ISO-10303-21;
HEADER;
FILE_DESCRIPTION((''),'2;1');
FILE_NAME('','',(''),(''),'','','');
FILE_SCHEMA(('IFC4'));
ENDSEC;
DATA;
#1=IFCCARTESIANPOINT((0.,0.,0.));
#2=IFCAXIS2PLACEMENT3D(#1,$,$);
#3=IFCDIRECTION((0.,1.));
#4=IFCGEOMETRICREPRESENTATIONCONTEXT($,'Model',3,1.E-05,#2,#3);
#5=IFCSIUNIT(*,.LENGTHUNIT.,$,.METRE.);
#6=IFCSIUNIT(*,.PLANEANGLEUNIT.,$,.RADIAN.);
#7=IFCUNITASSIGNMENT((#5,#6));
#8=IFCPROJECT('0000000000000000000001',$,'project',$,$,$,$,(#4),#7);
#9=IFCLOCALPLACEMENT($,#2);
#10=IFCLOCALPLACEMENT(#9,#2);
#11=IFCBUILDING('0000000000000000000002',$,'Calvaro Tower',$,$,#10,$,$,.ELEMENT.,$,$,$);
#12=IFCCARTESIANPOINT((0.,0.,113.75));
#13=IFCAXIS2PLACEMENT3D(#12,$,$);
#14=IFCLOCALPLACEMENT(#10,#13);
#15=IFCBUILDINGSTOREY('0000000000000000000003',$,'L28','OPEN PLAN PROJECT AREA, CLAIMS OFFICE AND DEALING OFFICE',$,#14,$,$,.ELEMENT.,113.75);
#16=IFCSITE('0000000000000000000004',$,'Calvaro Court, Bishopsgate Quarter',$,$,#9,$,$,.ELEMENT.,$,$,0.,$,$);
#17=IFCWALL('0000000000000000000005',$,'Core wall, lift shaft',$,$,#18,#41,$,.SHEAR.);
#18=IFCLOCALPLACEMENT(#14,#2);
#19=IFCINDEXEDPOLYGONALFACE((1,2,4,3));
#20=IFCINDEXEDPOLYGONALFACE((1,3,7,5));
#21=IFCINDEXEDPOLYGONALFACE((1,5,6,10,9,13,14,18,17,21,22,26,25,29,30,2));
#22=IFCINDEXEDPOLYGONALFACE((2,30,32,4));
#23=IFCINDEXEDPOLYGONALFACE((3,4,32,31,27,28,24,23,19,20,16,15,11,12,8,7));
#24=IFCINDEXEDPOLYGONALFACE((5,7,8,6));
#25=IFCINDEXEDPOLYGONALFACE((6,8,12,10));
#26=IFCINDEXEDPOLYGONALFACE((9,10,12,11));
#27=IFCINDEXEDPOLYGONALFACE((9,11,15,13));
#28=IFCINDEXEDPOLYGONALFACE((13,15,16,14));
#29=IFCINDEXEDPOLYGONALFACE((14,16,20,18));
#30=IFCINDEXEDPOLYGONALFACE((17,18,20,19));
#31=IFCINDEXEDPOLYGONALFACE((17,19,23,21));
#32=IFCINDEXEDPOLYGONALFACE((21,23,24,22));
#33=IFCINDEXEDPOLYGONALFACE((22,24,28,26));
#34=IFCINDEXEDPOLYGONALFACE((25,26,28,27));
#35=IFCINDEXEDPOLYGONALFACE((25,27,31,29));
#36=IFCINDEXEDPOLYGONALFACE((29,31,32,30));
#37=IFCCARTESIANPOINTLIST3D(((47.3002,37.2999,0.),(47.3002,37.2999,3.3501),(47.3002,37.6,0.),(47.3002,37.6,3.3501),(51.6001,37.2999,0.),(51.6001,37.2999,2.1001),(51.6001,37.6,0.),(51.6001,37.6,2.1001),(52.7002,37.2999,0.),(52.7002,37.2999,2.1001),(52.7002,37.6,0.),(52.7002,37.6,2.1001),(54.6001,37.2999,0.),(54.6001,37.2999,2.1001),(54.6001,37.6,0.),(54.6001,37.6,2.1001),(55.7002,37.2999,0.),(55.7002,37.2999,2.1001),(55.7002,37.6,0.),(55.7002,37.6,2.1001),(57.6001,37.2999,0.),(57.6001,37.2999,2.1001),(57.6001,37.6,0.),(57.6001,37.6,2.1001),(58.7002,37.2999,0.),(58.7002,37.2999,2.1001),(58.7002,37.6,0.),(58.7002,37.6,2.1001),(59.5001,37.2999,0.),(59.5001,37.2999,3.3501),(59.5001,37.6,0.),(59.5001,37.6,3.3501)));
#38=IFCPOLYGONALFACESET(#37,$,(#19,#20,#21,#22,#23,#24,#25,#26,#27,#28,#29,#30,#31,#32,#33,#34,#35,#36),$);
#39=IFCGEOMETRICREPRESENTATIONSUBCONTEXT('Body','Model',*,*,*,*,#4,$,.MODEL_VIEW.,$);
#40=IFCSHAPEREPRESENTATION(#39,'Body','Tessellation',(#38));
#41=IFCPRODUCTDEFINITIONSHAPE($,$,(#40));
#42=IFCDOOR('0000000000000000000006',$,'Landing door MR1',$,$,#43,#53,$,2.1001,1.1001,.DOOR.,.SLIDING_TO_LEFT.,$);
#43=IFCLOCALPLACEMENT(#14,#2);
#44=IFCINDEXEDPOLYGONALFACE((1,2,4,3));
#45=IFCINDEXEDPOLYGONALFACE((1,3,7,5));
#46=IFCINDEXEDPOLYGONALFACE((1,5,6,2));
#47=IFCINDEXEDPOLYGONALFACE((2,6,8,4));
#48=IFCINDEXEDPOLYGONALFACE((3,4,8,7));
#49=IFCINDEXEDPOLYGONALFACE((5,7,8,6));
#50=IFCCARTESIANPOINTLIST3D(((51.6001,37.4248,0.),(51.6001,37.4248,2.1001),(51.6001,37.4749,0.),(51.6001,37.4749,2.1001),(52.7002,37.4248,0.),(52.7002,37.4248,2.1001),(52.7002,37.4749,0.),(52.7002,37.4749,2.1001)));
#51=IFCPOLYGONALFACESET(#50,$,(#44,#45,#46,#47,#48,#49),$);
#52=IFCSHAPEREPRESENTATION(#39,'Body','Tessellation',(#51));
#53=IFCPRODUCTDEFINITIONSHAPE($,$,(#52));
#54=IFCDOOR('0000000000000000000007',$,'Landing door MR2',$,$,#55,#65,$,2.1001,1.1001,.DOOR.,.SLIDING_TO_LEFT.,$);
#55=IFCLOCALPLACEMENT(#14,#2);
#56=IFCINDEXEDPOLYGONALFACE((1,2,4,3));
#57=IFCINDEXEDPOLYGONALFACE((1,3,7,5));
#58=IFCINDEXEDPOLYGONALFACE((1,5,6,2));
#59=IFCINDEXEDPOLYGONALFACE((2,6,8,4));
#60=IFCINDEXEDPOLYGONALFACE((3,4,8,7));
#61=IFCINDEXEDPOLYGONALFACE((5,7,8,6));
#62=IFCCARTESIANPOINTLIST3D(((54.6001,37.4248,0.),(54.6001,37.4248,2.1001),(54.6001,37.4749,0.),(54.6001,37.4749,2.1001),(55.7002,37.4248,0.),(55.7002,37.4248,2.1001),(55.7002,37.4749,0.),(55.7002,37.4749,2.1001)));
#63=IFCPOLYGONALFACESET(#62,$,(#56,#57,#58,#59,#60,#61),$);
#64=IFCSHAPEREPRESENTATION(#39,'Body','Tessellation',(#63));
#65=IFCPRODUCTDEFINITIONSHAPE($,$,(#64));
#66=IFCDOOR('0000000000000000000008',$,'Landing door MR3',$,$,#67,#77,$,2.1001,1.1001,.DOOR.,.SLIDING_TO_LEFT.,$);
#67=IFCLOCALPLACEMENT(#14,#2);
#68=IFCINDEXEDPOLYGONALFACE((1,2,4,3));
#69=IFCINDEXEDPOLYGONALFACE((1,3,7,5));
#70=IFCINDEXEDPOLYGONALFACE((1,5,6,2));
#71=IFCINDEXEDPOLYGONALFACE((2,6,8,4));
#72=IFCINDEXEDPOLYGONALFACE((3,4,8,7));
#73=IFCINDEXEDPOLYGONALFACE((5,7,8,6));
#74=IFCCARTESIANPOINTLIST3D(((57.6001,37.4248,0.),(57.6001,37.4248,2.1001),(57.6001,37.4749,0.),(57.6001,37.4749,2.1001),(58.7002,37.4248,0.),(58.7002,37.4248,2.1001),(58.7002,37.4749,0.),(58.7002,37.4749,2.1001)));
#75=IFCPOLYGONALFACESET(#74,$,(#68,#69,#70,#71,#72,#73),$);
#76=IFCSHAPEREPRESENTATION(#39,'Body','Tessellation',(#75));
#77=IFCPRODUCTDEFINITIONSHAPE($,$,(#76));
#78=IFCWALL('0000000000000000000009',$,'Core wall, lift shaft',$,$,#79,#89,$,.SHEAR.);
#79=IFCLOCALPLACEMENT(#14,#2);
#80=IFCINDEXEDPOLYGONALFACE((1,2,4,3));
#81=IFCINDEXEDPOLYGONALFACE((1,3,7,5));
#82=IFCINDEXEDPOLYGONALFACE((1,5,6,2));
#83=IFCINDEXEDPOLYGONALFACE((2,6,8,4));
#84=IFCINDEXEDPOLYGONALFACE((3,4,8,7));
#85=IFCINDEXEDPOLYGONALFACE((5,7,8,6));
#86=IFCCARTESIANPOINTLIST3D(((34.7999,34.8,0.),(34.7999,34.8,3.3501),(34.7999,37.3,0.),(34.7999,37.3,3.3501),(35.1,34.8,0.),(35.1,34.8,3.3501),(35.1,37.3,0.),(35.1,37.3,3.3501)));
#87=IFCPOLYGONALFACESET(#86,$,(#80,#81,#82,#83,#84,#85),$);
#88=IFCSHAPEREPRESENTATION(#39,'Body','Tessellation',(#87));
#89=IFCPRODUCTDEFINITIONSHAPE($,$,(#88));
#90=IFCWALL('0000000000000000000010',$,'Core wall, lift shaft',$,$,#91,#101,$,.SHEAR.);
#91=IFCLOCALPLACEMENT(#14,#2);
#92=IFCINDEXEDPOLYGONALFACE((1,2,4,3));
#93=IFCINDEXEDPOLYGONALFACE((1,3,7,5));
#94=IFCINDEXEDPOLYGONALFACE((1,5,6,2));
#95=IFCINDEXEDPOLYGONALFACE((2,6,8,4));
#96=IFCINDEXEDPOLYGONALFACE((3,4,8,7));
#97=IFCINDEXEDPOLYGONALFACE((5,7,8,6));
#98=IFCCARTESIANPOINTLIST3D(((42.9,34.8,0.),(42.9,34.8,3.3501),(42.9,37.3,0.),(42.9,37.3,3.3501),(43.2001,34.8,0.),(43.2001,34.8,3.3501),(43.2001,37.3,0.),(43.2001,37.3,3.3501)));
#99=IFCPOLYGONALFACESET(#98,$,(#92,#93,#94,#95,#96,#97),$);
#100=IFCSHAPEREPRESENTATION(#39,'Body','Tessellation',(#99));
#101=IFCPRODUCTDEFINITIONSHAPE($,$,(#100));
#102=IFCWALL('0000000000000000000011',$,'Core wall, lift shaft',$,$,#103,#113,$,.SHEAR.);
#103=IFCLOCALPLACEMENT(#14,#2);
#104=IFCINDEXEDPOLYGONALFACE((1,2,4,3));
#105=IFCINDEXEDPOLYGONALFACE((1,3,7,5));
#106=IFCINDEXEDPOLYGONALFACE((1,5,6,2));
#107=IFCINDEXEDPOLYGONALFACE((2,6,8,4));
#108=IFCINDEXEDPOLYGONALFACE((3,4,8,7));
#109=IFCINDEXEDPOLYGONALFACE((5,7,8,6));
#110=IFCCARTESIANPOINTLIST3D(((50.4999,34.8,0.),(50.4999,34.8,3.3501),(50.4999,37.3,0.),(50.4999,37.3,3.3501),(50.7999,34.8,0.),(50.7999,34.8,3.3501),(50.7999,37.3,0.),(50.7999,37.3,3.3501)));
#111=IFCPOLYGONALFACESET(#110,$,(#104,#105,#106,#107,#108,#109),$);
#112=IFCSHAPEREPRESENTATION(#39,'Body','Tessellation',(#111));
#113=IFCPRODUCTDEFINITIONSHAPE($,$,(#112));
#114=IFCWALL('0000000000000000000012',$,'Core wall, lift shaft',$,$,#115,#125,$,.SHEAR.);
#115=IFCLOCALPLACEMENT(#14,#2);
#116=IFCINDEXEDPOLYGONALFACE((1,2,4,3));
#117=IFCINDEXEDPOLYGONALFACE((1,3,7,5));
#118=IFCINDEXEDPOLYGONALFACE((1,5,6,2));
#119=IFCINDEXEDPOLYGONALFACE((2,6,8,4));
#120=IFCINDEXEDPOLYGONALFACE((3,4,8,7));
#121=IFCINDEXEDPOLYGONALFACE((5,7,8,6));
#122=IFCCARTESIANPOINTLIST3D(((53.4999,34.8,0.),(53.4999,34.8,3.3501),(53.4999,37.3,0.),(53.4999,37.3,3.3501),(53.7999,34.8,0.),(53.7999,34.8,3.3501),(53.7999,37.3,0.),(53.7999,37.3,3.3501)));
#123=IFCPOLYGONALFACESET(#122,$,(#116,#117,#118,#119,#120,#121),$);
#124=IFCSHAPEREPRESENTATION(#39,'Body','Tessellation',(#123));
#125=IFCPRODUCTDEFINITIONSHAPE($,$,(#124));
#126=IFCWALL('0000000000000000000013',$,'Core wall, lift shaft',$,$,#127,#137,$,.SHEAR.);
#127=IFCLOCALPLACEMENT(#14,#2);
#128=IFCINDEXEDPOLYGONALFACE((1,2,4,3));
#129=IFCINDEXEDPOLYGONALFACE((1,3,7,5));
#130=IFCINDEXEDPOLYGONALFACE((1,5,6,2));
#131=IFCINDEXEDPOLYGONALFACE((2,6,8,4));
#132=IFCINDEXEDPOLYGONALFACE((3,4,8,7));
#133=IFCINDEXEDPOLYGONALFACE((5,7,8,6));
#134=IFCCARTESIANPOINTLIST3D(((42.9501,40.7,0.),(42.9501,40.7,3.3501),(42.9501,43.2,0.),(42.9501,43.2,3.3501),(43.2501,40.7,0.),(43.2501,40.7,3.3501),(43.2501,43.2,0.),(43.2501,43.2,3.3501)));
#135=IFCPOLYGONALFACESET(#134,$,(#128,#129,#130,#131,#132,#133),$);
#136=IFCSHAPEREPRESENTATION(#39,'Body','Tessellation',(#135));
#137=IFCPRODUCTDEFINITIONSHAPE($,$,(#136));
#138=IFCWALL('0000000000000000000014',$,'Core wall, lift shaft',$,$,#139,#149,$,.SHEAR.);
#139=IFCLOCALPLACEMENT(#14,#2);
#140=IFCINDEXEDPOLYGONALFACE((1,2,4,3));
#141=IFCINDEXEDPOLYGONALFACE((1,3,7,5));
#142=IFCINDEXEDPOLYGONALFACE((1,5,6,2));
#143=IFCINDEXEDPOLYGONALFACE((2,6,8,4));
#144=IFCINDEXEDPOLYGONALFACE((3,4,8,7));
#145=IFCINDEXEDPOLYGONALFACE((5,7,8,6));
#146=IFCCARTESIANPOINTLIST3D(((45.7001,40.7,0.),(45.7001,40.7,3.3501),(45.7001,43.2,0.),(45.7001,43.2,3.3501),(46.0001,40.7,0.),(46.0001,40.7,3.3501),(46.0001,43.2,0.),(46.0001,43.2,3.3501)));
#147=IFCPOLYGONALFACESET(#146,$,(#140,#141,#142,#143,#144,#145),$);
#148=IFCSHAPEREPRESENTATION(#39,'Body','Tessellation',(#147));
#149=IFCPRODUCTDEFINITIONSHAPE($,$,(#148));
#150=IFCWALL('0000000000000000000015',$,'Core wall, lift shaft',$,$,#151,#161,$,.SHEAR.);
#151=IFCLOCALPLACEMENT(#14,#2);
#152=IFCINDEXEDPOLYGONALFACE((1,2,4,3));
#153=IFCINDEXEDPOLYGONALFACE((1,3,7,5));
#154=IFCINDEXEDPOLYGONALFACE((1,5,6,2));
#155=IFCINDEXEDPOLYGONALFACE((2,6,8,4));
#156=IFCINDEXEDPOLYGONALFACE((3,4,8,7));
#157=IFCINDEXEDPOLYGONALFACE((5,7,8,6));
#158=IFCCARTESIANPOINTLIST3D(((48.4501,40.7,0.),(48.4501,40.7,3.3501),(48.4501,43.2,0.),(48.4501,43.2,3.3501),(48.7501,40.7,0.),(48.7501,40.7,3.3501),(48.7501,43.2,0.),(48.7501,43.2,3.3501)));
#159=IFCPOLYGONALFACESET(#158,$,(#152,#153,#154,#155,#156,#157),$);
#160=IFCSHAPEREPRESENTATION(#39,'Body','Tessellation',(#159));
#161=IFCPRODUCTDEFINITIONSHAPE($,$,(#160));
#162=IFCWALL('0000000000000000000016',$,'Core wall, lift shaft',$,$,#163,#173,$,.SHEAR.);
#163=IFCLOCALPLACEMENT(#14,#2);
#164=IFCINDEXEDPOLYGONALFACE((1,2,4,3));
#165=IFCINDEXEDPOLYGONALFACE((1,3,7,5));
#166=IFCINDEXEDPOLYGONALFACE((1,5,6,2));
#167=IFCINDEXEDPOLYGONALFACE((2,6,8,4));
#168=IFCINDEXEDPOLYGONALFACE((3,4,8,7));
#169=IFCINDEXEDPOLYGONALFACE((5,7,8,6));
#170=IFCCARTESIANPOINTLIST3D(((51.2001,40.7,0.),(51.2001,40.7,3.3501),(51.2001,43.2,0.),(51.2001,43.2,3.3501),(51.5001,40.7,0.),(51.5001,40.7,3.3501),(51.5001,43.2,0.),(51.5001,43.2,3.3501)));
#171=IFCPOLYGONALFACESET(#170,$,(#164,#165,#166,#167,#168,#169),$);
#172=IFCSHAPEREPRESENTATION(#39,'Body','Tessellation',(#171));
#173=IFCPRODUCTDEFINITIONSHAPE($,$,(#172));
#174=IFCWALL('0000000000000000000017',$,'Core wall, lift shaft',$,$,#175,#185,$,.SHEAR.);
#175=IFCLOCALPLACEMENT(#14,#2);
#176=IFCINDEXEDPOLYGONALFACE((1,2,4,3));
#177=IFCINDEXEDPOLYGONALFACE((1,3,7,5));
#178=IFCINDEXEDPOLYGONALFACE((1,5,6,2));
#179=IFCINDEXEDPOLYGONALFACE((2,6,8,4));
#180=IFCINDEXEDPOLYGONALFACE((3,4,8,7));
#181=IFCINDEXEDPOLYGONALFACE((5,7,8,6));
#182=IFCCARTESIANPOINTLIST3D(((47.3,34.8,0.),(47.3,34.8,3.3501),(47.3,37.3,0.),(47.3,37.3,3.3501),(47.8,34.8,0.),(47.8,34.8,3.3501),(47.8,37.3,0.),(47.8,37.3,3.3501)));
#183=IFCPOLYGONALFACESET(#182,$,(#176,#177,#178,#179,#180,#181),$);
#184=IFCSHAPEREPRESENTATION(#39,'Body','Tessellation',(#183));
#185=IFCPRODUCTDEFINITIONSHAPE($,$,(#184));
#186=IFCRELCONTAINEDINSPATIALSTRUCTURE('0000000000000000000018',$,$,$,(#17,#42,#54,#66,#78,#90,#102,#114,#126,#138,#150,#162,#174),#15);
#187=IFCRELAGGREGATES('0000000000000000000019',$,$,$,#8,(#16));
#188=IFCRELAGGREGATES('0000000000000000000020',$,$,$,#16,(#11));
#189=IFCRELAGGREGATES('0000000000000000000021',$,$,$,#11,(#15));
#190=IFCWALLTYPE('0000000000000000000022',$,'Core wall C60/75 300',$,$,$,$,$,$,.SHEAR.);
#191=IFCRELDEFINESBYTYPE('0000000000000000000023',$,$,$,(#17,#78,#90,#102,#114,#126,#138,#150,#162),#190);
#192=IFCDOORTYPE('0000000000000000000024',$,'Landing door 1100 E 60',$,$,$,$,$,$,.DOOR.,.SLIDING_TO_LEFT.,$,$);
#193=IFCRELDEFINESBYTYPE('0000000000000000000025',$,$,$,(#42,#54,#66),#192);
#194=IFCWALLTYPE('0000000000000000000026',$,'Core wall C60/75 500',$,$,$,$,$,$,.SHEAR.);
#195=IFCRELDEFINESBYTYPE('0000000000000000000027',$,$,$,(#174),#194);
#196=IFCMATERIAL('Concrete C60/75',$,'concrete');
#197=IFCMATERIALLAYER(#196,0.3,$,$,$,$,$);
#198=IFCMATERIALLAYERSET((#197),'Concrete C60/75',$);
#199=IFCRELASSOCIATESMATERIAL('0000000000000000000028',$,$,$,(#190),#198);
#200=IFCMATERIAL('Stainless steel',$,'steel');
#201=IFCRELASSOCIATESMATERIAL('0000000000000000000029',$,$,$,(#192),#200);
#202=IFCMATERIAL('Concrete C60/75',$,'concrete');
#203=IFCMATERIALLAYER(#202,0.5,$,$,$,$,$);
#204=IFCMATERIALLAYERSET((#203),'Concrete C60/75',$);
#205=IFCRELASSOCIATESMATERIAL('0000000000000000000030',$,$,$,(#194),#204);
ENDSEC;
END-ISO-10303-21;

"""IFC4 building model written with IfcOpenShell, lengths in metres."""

from ifc_helpers import new_model, si_unit, direction, frame, frame_2d, origin, place, context, subcontext, project, spatial, rectangle, extrude, material, layer, layer_set, type_object, element, fill, save


model = new_model("IFC4")

# Units and contexts
model_context = context("Model", 3, precision=1e-05, world=origin(), true_north=direction((0.0, 1.0)))
body_context = subcontext(model_context, "Body", "Model", "MODEL_VIEW")
ifc_project = project(units=[si_unit("LENGTHUNIT", "METRE"), si_unit("PLANEANGLEUNIT", "RADIAN")], contexts=[model_context])

# Site, building, storey
site_placement = place(None, origin())
site = spatial("IfcSite", under=ifc_project, at=site_placement, Name="Calvaro Court, Bishopsgate Quarter", CompositionType="ELEMENT", RefElevation=0.0)
building_placement = place(site_placement, origin())
building = spatial("IfcBuilding", under=site, at=building_placement, Name="Calvaro Tower", CompositionType="ELEMENT")
storey_placement = place(building_placement, frame((0.0, 0.0, 113.75)))
storey = spatial("IfcBuildingStorey", under=building, at=storey_placement, Name="L28", Description="OPEN PLAN PROJECT AREA, CLAIMS OFFICE AND DEALING OFFICE", CompositionType="ELEMENT", Elevation=113.75)

# Shared definitions
ifc_material_1 = material(Name="Concrete C60/75", Category="concrete")
ifc_layer_1 = layer(ifc_material_1, 0.3)
ifc_layer_set_1 = layer_set([ifc_layer_1], Name="Concrete C60/75")
wall_type_1 = type_object("IfcWallType", Name="Core wall C60/75 300", PredefinedType="SHEAR", material=ifc_layer_set_1)
ifc_material_2 = material(Name="Stainless steel", Category="steel")
door_type_1 = type_object("IfcDoorType", Name="Landing door 1100 E 60", OperationType="SLIDING_TO_LEFT", PredefinedType="DOOR", material=ifc_material_2)

# Wall, openings, doors
wall_1_placement = place(storey_placement, frame((47.3, 37.45, 0.0), z_axis=(0.0, 0.0, 1.0), x_axis=(1.0, 0.0, 0.0)))
wall_1 = element("IfcWall", 1, at=wall_1_placement, inside=storey, type_object=wall_type_1, Name="Core wall, lift shaft", PredefinedType="SHEAR", context=body_context, shape_type="SweptSolid", body=[
    extrude(rectangle(XDim=12.2, YDim=0.3, at=frame_2d((6.1001, 0.0))), origin(), (0.0, 0.0, 1.0), 3.3501),
])
opening_1_placement = place(wall_1_placement, frame((4.3, 0.0, 0.0)))
opening_1 = element("IfcOpeningElement", 2, at=opening_1_placement, cuts=wall_1, PredefinedType="OPENING", context=body_context, shape_type="SweptSolid", body=[
    extrude(rectangle(XDim=1.1001, YDim=2.1001, at=frame_2d((0.55, 1.05))), frame((0.0, 0.1599, 0.0), z_axis=(0.0, -1.0, 0.0), x_axis=(1.0, 0.0, 0.0)), (0.0, 0.0, 1.0), 0.3201),
])
opening_2_placement = place(wall_1_placement, frame((7.3, 0.0, 0.0)))
opening_2 = element("IfcOpeningElement", 3, at=opening_2_placement, cuts=wall_1, PredefinedType="OPENING", context=body_context, shape_type="SweptSolid", body=[
    extrude(rectangle(XDim=1.1001, YDim=2.1001, at=frame_2d((0.55, 1.05))), frame((0.0, 0.1599, 0.0), z_axis=(0.0, -1.0, 0.0), x_axis=(1.0, 0.0, 0.0)), (0.0, 0.0, 1.0), 0.3201),
])
opening_3_placement = place(wall_1_placement, frame((10.3, 0.0, 0.0)))
opening_3 = element("IfcOpeningElement", 4, at=opening_3_placement, cuts=wall_1, PredefinedType="OPENING", context=body_context, shape_type="SweptSolid", body=[
    extrude(rectangle(XDim=1.1001, YDim=2.1001, at=frame_2d((0.55, 1.05))), frame((0.0, 0.1599, 0.0), z_axis=(0.0, -1.0, 0.0), x_axis=(1.0, 0.0, 0.0)), (0.0, 0.0, 1.0), 0.3201),
])
door_1_placement = place(opening_1_placement, origin())
door_1 = element("IfcDoor", 5, at=door_1_placement, inside=storey, type_object=door_type_1, Name="Landing door MR1", OperationType="SLIDING_TO_LEFT", OverallHeight=2.1001, OverallWidth=1.1001, PredefinedType="DOOR", context=body_context, shape_type="SweptSolid", body=[
    extrude(rectangle(XDim=1.1001, YDim=2.1001, at=frame_2d((0.55, 1.05))), frame((0.0, 0.0249, 0.0), z_axis=(0.0, -1.0, 0.0), x_axis=(1.0, 0.0, 0.0)), (0.0, 0.0, 1.0), 0.05),
])
fill(opening_1, door_1)
door_2_placement = place(opening_2_placement, origin())
door_2 = element("IfcDoor", 6, at=door_2_placement, inside=storey, type_object=door_type_1, Name="Landing door MR2", OperationType="SLIDING_TO_LEFT", OverallHeight=2.1001, OverallWidth=1.1001, PredefinedType="DOOR", context=body_context, shape_type="SweptSolid", body=[
    extrude(rectangle(XDim=1.1001, YDim=2.1001, at=frame_2d((0.55, 1.05))), frame((0.0, 0.0249, 0.0), z_axis=(0.0, -1.0, 0.0), x_axis=(1.0, 0.0, 0.0)), (0.0, 0.0, 1.0), 0.05),
])
fill(opening_2, door_2)
door_3_placement = place(opening_3_placement, origin())
door_3 = element("IfcDoor", 7, at=door_3_placement, inside=storey, type_object=door_type_1, Name="Landing door MR3", OperationType="SLIDING_TO_LEFT", OverallHeight=2.1001, OverallWidth=1.1001, PredefinedType="DOOR", context=body_context, shape_type="SweptSolid", body=[
    extrude(rectangle(XDim=1.1001, YDim=2.1001, at=frame_2d((0.55, 1.05))), frame((0.0, 0.0249, 0.0), z_axis=(0.0, -1.0, 0.0), x_axis=(1.0, 0.0, 0.0)), (0.0, 0.0, 1.0), 0.05),
])
fill(opening_3, door_3)

# Walls
for number, where, z_axis, x_axis, name in (
    (8, (34.95, 34.8, 0.0), (0.0, 0.0, 1.0), (0.0, 1.0, 0.0), "Core wall, lift shaft"),
    (9, (43.05, 34.8, 0.0), (0.0, 0.0, 1.0), (0.0, 1.0, 0.0), "Core wall, lift shaft"),
    (10, (50.6499, 34.8, 0.0), (0.0, 0.0, 1.0), (0.0, 1.0, 0.0), "Core wall, lift shaft"),
    (11, (53.6499, 34.8, 0.0), (0.0, 0.0, 1.0), (0.0, 1.0, 0.0), "Core wall, lift shaft"),
    (12, (43.1001, 40.7, 0.0), (0.0, 0.0, 1.0), (0.0, 1.0, 0.0), "Core wall, lift shaft"),
    (13, (45.8501, 40.7, 0.0), (0.0, 0.0, 1.0), (0.0, 1.0, 0.0), "Core wall, lift shaft"),
    (14, (48.6001, 40.7, 0.0), (0.0, 0.0, 1.0), (0.0, 1.0, 0.0), "Core wall, lift shaft"),
    (15, (51.3501, 40.7, 0.0), (0.0, 0.0, 1.0), (0.0, 1.0, 0.0), "Core wall, lift shaft"),
):
    element("IfcWall", number, at=place(storey_placement, frame(where, z_axis=z_axis, x_axis=x_axis)), inside=storey, type_object=wall_type_1, Name=name, PredefinedType="SHEAR", context=body_context, shape_type="SweptSolid", body=[
        extrude(rectangle(XDim=2.5, YDim=0.3, at=frame_2d((1.25, 0.0))), origin(), (0.0, 0.0, 1.0), 3.3501),
    ])
ifc_material_3 = material(Name="Concrete C60/75", Category="concrete")
ifc_layer_2 = layer(ifc_material_3, 0.5)
ifc_layer_set_2 = layer_set([ifc_layer_2], Name="Concrete C60/75")
wall_type_2 = type_object("IfcWallType", Name="Core wall C60/75 500", PredefinedType="SHEAR", material=ifc_layer_set_2)
wall_2_placement = place(storey_placement, frame((47.55, 34.8, 0.0), z_axis=(0.0, 0.0, 1.0), x_axis=(0.0, 1.0, 0.0)))
element("IfcWall", 16, at=wall_2_placement, inside=storey, type_object=wall_type_2, Name="Core wall, lift shaft", PredefinedType="SHEAR", context=body_context, shape_type="SweptSolid", body=[
    extrude(rectangle(XDim=2.5, YDim=0.5, at=frame_2d((1.25, 0.0))), origin(), (0.0, 0.0, 1.0), 3.3501),
])

save(model, "model.ifc")
